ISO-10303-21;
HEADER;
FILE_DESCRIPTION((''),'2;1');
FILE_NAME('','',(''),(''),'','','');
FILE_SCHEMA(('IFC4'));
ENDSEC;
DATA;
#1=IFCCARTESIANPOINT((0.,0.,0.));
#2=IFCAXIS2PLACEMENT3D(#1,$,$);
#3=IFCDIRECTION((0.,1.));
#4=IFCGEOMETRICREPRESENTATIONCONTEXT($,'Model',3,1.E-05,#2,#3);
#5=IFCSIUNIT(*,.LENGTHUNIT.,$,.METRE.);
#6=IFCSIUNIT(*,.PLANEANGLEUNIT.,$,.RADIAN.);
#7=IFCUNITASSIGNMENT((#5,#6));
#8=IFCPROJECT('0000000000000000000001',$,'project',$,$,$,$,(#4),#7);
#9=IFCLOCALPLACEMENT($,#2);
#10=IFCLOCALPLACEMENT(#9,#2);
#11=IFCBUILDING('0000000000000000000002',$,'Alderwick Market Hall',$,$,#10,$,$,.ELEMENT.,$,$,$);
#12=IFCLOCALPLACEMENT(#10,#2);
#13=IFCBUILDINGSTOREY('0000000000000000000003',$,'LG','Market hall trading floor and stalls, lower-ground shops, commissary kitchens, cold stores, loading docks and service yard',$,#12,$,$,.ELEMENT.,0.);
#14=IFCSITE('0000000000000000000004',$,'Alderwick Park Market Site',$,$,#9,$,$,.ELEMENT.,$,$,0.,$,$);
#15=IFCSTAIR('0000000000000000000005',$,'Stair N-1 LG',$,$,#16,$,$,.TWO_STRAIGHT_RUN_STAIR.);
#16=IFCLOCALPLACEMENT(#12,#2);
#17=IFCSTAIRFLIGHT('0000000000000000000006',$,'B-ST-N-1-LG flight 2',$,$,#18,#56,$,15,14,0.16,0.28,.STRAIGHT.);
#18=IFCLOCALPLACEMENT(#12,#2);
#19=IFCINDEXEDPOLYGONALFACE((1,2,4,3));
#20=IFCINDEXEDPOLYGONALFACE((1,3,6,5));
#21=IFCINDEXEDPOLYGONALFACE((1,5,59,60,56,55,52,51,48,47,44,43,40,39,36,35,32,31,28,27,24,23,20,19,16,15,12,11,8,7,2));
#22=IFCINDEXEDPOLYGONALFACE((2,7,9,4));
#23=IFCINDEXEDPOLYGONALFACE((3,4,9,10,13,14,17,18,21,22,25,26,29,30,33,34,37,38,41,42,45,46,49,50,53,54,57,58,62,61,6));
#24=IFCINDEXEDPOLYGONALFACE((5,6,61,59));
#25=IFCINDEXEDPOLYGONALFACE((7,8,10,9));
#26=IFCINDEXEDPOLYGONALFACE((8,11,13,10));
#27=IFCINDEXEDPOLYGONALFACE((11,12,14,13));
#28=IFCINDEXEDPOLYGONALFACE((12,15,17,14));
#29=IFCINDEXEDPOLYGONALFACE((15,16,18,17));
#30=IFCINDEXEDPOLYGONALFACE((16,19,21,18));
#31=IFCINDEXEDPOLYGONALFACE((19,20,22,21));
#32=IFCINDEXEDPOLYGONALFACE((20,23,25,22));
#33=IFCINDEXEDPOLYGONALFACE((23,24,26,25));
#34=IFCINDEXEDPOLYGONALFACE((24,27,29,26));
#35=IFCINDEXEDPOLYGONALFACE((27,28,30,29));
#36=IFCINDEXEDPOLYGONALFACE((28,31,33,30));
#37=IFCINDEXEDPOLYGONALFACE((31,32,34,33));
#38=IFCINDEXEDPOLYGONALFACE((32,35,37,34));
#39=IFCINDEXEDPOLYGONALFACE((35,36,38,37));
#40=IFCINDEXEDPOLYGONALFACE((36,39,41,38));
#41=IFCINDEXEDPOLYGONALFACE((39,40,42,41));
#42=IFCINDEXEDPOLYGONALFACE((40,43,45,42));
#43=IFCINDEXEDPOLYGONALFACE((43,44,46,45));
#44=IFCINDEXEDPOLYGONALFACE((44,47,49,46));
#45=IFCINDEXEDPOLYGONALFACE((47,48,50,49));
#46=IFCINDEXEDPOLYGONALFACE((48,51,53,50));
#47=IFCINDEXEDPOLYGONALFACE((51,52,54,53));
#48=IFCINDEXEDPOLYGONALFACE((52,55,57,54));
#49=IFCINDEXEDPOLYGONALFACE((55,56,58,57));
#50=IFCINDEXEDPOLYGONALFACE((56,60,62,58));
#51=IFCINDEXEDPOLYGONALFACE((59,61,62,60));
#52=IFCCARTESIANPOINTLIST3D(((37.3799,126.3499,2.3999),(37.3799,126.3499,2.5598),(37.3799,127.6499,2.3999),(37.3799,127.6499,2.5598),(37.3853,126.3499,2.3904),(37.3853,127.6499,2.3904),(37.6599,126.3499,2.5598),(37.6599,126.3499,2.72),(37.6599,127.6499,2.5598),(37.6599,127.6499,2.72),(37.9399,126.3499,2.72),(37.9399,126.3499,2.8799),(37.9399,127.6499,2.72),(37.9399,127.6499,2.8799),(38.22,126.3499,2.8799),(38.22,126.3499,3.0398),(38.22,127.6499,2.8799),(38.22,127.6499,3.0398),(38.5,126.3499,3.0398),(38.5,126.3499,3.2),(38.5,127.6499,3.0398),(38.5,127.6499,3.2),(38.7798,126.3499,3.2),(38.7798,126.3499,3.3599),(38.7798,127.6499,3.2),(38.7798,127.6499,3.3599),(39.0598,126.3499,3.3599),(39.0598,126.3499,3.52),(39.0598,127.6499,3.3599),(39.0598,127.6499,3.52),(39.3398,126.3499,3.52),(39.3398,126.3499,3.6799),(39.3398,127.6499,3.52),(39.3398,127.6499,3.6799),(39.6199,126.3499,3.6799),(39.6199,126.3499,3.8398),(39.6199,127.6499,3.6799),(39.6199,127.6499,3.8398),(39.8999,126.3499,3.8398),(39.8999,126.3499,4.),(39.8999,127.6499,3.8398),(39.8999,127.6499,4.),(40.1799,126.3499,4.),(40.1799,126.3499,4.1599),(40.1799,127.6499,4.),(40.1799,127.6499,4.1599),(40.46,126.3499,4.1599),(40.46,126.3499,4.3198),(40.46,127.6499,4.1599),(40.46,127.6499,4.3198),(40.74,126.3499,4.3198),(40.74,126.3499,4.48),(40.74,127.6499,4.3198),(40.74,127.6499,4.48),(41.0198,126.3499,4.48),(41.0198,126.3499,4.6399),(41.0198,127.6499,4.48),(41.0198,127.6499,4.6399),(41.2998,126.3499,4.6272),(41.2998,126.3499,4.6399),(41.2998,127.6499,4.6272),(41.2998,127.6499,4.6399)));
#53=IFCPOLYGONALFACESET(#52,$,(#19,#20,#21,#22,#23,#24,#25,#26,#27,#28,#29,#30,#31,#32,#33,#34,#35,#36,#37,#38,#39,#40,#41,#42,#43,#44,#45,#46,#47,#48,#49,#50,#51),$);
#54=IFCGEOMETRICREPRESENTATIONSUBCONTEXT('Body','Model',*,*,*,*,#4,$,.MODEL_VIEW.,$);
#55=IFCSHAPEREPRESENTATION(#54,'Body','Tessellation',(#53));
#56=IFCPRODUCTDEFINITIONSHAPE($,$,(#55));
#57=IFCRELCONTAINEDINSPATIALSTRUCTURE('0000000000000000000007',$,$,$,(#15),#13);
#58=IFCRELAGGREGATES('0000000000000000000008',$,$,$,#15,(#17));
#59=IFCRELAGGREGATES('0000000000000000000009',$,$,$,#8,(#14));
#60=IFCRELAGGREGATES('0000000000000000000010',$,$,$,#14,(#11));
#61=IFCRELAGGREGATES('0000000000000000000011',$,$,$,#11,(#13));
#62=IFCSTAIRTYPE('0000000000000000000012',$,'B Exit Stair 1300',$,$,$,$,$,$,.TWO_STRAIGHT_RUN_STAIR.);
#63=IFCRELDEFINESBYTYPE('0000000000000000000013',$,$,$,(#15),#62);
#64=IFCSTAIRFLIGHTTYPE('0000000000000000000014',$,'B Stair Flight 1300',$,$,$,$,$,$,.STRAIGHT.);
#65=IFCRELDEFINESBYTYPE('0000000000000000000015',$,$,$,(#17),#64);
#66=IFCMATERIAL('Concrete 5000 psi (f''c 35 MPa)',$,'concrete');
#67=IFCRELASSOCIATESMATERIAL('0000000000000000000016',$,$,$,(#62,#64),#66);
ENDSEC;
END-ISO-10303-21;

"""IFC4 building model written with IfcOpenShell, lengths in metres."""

from ifc_helpers import new_model, si_unit, direction, frame, origin, place, context, subcontext, project, spatial, polyline, outline, extrude, material, type_object, element, aggregate, save


model = new_model("IFC4")

# Units and contexts
model_context = context("Model", 3, precision=1e-05, world=origin(), true_north=direction((0.0, 1.0)))
body_context = subcontext(model_context, "Body", "Model", "MODEL_VIEW")
ifc_project = project(units=[si_unit("LENGTHUNIT", "METRE"), si_unit("PLANEANGLEUNIT", "RADIAN")], contexts=[model_context])

# Site, building, storey
site_placement = place(None, origin())
site = spatial("IfcSite", under=ifc_project, at=site_placement, Name="Alderwick Park Market Site", CompositionType="ELEMENT", RefElevation=0.0)
building_placement = place(site_placement, origin())
building = spatial("IfcBuilding", under=site, at=building_placement, Name="Alderwick Market Hall", CompositionType="ELEMENT")
storey_placement = place(building_placement, origin())
storey = spatial("IfcBuildingStorey", under=building, at=storey_placement, Name="LG", Description="Market hall trading floor and stalls, lower-ground shops, commissary kitchens, cold stores, loading docks and service yard", CompositionType="ELEMENT", Elevation=0.0)

# Shared definitions
ifc_material_1 = material(Name="Concrete 5000 psi (f'c 35 MPa)", Category="concrete")

# Stair, stair flight
stair_type = type_object("IfcStairType", Name="B Exit Stair 1300", PredefinedType="TWO_STRAIGHT_RUN_STAIR", material=ifc_material_1)
stair_placement = place(storey_placement, origin())
stair = element("IfcStair", 1, at=stair_placement, inside=storey, type_object=stair_type, Name="Stair N-1 LG", PredefinedType="TWO_STRAIGHT_RUN_STAIR")
stair_flight_type = type_object("IfcStairFlightType", Name="B Stair Flight 1300", PredefinedType="STRAIGHT", material=ifc_material_1)
stair_flight_placement = place(storey_placement, frame((37.3799, 127.0, 2.3999), z_axis=(0.0, 0.0, 1.0), x_axis=(1.0, 0.0, 0.0)))
stair_flight = element("IfcStairFlight", 2, at=stair_flight_placement, type_object=stair_flight_type, Name="B-ST-N-1-LG flight 2", NumberOfRisers=15, NumberOfTreads=14, PredefinedType="STRAIGHT", RiserHeight=0.16, TreadLength=0.28, context=body_context, shape_type="SweptSolid", body=[
    extrude(outline(polyline([(0.0054, -0.0095), (0.0, 0.0), (0.0, 0.1599), (0.28, 0.1599), (0.28, 0.3201), (0.5601, 0.3201), (0.5601, 0.48), (0.8401, 0.48), (0.8401, 0.6399), (1.1201, 0.6399), (1.1201, 0.8), (1.3999, 0.8), (1.3999, 0.96), (1.6799, 0.96), (1.6799, 1.1201), (1.96, 1.1201), (1.96, 1.28), (2.24, 1.28), (2.24, 1.4399), (2.52, 1.4399), (2.52, 1.6001), (2.8, 1.6001), (2.8, 1.76), (3.0801, 1.76), (3.0801, 1.9199), (3.3601, 1.9199), (3.3601, 2.0801), (3.6399, 2.0801), (3.6399, 2.24), (3.9199, 2.24), (3.9199, 2.2273), (0.0054, -0.0095)])), frame((0.0, 0.6499, 0.0), z_axis=(0.0, -1.0, 0.0), x_axis=(1.0, 0.0, 0.0)), (0.0, 0.0, 1.0), 1.3),
])
aggregate(stair, [stair_flight])

save(model, "model.ifc")
